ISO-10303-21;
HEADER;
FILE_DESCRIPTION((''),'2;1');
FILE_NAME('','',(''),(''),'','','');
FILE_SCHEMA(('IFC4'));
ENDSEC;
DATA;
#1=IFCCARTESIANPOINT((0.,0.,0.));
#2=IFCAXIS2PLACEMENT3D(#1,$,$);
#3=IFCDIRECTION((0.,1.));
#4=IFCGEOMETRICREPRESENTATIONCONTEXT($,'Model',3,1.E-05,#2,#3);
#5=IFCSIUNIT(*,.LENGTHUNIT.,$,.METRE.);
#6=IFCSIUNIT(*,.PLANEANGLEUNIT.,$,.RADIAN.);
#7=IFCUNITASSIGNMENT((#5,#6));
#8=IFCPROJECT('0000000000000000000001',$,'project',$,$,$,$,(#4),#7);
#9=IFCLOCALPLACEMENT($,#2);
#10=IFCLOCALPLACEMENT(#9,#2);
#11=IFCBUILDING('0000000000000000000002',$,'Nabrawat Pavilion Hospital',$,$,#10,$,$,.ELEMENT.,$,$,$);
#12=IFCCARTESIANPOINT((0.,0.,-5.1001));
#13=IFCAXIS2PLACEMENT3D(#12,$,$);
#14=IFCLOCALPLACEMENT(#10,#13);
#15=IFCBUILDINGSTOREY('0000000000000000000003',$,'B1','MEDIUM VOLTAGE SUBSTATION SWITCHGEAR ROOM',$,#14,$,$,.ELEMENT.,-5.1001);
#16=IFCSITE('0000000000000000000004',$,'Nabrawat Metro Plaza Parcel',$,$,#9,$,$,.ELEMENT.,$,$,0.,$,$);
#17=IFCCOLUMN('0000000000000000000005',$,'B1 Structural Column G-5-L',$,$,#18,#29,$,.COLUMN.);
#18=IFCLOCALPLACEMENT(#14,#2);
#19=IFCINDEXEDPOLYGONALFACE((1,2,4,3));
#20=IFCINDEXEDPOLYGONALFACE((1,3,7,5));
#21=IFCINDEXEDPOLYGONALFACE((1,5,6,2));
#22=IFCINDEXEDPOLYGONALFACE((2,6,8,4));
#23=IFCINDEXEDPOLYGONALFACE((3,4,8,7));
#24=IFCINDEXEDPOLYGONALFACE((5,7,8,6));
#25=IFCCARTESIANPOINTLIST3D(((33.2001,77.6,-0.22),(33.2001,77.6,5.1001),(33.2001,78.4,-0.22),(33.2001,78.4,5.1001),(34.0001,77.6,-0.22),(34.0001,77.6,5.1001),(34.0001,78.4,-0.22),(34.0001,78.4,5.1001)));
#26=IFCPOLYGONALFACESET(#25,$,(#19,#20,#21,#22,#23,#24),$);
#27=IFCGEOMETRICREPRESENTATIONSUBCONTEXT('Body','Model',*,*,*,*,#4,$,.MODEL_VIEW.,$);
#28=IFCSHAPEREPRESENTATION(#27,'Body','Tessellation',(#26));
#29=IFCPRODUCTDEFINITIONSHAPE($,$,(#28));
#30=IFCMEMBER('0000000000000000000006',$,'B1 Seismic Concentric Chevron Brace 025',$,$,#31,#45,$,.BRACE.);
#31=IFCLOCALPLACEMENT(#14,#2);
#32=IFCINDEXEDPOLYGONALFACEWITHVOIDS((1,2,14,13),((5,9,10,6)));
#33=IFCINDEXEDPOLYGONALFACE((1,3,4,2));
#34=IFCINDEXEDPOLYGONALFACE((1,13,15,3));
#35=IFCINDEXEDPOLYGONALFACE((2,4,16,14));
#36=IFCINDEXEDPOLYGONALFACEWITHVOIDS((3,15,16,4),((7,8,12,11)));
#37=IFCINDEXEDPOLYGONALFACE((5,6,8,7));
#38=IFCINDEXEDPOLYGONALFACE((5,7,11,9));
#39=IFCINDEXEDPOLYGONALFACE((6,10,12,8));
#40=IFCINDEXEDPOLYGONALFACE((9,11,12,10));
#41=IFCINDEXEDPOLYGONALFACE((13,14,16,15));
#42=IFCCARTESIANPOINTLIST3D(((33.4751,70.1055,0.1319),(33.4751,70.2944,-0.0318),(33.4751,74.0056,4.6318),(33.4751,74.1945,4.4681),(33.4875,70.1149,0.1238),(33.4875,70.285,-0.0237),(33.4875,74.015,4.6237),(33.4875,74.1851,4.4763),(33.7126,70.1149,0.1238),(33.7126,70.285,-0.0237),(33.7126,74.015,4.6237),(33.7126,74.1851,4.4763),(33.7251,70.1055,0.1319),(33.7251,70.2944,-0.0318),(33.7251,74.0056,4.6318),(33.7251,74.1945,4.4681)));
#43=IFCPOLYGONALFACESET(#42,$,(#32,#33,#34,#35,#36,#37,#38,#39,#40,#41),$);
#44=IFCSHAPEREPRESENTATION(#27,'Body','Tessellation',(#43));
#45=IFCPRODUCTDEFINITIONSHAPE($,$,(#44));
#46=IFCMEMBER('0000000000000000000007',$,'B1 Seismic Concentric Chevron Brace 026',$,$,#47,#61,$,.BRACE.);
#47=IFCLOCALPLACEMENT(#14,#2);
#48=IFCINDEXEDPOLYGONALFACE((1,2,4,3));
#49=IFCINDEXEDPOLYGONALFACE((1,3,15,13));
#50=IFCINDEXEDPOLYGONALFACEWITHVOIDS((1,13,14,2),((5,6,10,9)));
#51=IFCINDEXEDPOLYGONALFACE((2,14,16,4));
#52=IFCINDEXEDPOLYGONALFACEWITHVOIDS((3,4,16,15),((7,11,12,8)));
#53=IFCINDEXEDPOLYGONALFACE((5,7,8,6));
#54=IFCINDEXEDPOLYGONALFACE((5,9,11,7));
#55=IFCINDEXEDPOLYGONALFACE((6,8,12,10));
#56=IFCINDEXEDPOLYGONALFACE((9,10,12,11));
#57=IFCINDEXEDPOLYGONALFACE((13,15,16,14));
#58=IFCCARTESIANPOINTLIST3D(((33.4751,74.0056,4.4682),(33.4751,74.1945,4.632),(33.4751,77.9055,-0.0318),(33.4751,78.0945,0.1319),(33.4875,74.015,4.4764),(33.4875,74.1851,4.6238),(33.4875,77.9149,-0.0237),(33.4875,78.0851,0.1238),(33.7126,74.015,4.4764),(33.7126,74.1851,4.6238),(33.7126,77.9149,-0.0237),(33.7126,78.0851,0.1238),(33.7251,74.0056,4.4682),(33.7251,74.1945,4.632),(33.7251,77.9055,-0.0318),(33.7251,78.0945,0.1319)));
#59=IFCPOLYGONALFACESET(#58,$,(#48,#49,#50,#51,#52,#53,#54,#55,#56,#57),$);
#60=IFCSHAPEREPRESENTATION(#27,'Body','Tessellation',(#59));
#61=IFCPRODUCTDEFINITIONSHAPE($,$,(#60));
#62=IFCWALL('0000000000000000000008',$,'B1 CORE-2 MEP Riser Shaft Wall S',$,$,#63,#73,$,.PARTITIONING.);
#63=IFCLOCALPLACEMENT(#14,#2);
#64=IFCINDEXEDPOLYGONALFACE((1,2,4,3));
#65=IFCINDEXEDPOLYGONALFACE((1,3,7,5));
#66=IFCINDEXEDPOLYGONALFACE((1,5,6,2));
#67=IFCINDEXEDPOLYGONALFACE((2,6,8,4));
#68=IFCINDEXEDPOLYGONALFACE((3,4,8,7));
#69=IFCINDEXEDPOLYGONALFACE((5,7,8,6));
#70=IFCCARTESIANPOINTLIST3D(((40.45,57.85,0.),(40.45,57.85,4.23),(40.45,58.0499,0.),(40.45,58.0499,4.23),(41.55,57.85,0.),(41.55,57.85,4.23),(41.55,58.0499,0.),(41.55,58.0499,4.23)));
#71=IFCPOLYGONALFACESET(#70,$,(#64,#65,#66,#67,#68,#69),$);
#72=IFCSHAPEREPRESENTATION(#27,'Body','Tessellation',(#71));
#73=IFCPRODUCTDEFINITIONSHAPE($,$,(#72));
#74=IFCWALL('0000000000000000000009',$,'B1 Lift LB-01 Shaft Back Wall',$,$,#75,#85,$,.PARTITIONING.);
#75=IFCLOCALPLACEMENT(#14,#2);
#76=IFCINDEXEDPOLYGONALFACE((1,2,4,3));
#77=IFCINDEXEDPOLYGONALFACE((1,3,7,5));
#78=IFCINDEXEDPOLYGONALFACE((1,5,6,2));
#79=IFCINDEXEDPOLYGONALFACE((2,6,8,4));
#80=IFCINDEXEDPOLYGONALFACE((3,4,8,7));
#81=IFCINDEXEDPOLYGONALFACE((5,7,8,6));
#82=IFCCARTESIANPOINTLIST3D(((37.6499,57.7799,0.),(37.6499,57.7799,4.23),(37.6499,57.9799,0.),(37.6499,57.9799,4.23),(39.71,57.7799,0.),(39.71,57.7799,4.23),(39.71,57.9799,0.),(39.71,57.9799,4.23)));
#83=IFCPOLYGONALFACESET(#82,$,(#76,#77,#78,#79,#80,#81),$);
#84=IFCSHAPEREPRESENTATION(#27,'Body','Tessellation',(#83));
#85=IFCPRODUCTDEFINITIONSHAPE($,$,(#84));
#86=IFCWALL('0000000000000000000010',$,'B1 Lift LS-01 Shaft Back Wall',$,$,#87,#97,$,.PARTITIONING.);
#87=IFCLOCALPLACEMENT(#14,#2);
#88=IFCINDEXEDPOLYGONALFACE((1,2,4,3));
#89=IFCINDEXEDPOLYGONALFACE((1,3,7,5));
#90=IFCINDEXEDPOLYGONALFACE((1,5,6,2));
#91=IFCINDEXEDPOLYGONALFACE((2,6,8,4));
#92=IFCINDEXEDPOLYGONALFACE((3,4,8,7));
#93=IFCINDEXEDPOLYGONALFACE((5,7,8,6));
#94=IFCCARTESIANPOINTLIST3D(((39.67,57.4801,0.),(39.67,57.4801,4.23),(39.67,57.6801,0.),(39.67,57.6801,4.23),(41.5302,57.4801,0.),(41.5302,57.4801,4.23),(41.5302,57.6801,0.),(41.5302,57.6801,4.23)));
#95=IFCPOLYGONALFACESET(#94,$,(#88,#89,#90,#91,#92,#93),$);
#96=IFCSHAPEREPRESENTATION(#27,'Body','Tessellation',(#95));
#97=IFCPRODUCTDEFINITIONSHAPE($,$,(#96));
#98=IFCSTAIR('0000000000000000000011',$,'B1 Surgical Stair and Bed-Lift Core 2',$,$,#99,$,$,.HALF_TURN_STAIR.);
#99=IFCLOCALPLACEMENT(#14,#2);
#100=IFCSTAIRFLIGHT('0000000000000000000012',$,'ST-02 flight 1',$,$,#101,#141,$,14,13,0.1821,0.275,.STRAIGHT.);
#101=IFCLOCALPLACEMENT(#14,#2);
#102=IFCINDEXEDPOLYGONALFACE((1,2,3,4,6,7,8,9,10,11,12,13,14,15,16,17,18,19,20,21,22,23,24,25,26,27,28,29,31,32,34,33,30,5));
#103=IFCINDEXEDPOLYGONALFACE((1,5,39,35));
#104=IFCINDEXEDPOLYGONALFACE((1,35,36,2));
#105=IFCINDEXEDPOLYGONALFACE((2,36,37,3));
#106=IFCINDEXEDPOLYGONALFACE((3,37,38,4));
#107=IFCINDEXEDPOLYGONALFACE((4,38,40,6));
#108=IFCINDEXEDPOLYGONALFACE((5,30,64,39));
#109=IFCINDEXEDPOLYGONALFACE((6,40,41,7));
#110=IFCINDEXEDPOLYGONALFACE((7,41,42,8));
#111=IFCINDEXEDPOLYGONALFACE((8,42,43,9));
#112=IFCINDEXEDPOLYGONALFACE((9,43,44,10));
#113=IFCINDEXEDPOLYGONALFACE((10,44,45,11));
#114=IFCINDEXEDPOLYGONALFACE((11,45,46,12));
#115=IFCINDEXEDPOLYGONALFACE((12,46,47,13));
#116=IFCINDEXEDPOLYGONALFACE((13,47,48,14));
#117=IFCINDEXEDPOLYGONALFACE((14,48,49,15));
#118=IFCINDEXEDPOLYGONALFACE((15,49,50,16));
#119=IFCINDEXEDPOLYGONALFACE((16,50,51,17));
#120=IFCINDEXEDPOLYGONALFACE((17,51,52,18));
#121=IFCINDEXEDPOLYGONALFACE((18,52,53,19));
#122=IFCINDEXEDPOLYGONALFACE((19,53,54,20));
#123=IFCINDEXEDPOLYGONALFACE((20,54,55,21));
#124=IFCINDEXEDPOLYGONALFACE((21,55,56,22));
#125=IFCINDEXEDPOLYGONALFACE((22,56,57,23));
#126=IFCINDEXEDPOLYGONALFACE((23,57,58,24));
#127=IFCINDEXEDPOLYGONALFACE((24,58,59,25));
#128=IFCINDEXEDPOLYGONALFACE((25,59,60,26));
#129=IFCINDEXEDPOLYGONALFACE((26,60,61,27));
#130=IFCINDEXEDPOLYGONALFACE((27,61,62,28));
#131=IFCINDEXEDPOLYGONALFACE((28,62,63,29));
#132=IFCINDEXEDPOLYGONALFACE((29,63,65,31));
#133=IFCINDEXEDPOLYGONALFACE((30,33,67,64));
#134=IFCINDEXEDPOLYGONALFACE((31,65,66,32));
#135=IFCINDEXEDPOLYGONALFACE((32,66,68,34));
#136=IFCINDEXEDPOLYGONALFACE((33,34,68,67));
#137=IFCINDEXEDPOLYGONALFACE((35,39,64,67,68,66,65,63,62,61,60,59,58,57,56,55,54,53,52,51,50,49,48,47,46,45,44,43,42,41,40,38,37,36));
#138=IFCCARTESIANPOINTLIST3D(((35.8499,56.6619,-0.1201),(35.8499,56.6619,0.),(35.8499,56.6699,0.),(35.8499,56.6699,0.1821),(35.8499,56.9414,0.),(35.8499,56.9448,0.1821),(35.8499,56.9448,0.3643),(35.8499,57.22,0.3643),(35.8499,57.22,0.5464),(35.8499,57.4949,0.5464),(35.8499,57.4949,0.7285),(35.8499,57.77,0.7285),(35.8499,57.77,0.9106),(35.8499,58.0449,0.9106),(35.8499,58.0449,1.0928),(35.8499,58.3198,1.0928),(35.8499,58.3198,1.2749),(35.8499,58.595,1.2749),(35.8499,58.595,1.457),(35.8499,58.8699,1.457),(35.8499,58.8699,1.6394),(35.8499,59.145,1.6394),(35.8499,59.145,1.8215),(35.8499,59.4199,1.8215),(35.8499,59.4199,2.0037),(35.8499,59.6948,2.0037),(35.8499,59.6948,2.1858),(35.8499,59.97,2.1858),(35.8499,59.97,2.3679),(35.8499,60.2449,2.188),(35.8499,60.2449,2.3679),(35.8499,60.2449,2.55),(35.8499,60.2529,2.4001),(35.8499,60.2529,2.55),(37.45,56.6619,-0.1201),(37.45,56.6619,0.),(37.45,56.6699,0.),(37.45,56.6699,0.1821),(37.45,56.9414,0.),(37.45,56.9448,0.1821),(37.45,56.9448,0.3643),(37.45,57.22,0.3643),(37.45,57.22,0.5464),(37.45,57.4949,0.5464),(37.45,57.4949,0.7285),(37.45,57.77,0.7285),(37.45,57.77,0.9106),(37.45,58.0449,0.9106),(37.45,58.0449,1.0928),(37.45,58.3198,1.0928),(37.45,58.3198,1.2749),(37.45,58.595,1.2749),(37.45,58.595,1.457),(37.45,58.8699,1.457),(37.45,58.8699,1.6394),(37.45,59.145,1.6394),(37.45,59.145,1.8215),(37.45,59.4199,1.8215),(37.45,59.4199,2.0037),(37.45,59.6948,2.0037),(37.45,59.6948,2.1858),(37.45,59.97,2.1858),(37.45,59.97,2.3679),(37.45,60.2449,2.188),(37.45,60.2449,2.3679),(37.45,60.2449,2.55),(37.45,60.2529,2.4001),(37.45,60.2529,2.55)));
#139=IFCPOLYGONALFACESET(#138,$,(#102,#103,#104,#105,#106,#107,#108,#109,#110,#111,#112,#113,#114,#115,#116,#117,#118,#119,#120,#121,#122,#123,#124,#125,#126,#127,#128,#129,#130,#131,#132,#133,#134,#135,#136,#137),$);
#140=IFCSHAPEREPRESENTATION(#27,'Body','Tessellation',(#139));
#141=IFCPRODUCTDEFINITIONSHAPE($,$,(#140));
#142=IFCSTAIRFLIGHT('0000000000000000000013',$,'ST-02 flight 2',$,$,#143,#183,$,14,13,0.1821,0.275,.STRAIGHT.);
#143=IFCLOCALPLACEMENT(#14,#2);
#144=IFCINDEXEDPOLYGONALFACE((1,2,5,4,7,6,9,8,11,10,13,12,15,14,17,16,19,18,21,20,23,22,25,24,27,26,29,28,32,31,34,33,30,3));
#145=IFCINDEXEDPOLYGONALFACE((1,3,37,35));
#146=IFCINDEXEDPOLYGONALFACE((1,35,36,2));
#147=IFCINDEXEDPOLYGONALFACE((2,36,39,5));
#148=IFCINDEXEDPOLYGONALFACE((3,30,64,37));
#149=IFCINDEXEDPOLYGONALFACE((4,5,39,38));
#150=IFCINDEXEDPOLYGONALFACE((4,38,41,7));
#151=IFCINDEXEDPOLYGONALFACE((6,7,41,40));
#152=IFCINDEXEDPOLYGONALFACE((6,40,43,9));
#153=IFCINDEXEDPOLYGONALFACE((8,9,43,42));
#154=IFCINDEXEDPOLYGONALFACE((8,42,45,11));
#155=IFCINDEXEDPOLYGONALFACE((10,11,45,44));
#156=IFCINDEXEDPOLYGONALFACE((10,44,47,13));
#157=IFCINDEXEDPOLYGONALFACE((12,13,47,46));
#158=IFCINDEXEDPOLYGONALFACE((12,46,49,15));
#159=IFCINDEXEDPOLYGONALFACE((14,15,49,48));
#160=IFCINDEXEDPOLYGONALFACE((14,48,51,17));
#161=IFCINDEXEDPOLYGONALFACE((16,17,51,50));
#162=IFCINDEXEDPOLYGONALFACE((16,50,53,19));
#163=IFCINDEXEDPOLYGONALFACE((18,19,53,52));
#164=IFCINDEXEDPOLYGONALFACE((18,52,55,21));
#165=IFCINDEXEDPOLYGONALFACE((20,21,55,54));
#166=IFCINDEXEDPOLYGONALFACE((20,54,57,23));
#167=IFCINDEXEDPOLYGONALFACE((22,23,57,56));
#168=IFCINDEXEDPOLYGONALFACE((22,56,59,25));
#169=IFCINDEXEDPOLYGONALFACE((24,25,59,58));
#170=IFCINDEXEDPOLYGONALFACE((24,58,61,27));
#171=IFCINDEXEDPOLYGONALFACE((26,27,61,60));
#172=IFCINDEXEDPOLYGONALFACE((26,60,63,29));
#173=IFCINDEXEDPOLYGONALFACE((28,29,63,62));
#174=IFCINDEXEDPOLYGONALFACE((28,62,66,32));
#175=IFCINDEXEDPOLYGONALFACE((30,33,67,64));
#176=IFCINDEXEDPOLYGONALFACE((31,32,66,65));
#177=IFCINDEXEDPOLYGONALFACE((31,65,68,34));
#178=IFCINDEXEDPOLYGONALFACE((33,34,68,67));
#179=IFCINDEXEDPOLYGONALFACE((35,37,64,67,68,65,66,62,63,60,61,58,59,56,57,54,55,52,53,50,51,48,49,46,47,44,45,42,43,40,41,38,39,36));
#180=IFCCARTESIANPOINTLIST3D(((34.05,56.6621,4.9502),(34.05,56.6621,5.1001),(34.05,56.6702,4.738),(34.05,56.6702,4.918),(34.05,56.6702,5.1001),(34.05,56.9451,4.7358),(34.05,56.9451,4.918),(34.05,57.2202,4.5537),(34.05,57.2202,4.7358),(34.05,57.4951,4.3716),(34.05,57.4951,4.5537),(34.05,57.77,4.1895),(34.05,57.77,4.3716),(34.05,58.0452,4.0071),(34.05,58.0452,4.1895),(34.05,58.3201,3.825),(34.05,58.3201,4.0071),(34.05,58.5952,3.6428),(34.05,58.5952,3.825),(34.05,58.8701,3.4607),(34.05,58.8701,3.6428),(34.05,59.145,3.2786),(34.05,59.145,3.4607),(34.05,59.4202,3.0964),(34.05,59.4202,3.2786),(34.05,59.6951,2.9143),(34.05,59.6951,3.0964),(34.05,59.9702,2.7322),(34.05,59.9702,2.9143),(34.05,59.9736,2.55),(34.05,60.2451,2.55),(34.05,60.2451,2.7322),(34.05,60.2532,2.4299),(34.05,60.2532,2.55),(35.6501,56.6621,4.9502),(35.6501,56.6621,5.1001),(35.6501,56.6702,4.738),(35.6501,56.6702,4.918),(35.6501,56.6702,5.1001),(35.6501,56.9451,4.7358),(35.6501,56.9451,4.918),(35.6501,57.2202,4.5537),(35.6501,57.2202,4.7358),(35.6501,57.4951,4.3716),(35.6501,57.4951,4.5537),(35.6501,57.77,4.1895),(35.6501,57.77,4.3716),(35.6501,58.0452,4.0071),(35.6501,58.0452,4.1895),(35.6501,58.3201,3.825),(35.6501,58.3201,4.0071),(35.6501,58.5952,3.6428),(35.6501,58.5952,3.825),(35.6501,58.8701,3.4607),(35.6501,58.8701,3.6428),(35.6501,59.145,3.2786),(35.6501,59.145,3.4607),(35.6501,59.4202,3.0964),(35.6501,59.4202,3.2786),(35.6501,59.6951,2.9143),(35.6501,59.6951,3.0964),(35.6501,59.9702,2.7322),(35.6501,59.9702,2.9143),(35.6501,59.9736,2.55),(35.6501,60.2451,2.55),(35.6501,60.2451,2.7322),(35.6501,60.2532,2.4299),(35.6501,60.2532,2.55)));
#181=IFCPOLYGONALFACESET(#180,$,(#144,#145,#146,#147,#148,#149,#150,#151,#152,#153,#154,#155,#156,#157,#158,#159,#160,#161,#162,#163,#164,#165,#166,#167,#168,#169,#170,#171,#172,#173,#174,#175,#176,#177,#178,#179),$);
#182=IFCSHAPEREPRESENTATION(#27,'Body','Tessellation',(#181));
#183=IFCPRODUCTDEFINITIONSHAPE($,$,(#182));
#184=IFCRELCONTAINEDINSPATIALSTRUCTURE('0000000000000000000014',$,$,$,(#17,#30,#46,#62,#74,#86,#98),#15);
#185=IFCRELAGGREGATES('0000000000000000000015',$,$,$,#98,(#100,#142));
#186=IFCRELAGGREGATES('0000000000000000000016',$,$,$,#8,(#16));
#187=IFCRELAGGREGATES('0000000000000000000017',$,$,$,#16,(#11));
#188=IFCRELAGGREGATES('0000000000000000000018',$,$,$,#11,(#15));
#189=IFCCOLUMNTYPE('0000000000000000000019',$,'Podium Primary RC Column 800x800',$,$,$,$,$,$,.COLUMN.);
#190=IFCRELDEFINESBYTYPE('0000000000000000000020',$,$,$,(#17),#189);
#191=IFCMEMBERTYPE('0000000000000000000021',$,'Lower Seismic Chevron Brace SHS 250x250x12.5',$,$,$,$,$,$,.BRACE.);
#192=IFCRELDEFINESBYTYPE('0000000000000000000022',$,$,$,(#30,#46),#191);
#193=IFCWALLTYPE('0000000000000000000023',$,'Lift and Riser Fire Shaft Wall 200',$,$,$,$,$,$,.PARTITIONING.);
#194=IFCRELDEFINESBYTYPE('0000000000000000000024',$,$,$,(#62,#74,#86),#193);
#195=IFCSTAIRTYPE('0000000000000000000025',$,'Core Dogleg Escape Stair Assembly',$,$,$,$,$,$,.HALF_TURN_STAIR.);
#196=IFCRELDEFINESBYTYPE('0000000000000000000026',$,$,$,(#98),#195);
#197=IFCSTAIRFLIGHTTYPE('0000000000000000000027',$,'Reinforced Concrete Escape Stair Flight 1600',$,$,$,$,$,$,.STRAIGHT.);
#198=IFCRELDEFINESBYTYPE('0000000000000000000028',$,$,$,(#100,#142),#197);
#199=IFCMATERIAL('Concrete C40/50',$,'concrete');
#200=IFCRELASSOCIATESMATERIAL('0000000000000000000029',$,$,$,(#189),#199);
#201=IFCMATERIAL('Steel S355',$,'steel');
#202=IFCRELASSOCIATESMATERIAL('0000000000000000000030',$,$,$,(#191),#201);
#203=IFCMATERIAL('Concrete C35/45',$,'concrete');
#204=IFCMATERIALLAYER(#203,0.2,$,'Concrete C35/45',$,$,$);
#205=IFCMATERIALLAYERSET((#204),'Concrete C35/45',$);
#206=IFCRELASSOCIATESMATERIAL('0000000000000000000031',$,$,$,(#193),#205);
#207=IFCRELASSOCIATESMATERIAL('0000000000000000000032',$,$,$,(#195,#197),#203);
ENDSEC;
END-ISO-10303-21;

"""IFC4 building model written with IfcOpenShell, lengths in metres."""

from ifc_helpers import new_model, si_unit, direction, frame, frame_2d, origin, origin_2d, place, context, subcontext, project, spatial, polyline, rectangle, hollow_rectangle, outline, extrude, material, layer, layer_set, material_profile, profile_set, type_object, element, aggregate, save


model = new_model("IFC4")

# Units and contexts
model_context = context("Model", 3, precision=1e-05, world=origin(), true_north=direction((0.0, 1.0)))
body_context = subcontext(model_context, "Body", "Model", "MODEL_VIEW")
ifc_project = project(units=[si_unit("LENGTHUNIT", "METRE"), si_unit("PLANEANGLEUNIT", "RADIAN")], contexts=[model_context])

# Site, building, storey
site_placement = place(None, origin())
site = spatial("IfcSite", under=ifc_project, at=site_placement, Name="Nabrawat Metro Plaza Parcel", CompositionType="ELEMENT", RefElevation=0.0)
building_placement = place(site_placement, origin())
building = spatial("IfcBuilding", under=site, at=building_placement, Name="Nabrawat Pavilion Hospital", CompositionType="ELEMENT")
storey_placement = place(building_placement, frame((0.0, 0.0, -5.1001)))
storey = spatial("IfcBuildingStorey", under=building, at=storey_placement, Name="B1", Description="MEDIUM VOLTAGE SUBSTATION SWITCHGEAR ROOM", CompositionType="ELEMENT", Elevation=-5.1001)

# Shared definitions
ifc_material_1 = material(Name="Concrete C35/45", Category="concrete")

# Column
ifc_material_2 = material(Name="Concrete C40/50", Category="concrete")
ifc_material_profile_1 = material_profile(ifc_material_2, rectangle(XDim=0.8, YDim=0.8, at=origin_2d()), Name="RC 800x800")
ifc_profile_set_1 = profile_set([ifc_material_profile_1], Name="Concrete C40/50")
column_type = type_object("IfcColumnType", Name="Podium Primary RC Column 800x800", PredefinedType="COLUMN", material=ifc_profile_set_1)
for number, where, z_axis, x_axis, name in (
    (1, (33.6001, 78.0, -0.22), (0.0, 0.0, 1.0), (1.0, 0.0, 0.0), "B1 Structural Column G-5-L"),
):
    element("IfcColumn", number, at=place(storey_placement, frame(where, z_axis=z_axis, x_axis=x_axis)), inside=storey, type_object=column_type, Name=name, PredefinedType="COLUMN", context=body_context, shape_type="SweptSolid", body=[
        extrude(rectangle(XDim=0.8, YDim=0.8, at=origin_2d()), origin(), (0.0, 0.0, 1.0), 5.3201),
    ])

# Members
ifc_material_3 = material(Name="Steel S355", Category="steel")
ifc_material_profile_2 = material_profile(ifc_material_3, hollow_rectangle(XDim=0.25, YDim=0.25, WallThickness=0.0125, at=origin_2d()), Name="SHS 250x250x12.5")
ifc_profile_set_2 = profile_set([ifc_material_profile_2], Name="Steel S355")
member_type = type_object("IfcMemberType", Name="Lower Seismic Chevron Brace SHS 250x250x12.5", PredefinedType="BRACE", material=ifc_profile_set_2)
for number, where, z_axis, x_axis, name in (
    (2, (33.6001, 70.2, 0.05), (0.0, 0.654945, 0.755677), (-1.0, 0.0, 0.0), "B1 Seismic Concentric Chevron Brace 025"),
    (3, (33.6001, 78.0, 0.05), (0.0, -0.654921, 0.755697), (1.0, 0.0, 0.0), "B1 Seismic Concentric Chevron Brace 026"),
):
    element("IfcMember", number, at=place(storey_placement, frame(where, z_axis=z_axis, x_axis=x_axis)), inside=storey, type_object=member_type, Name=name, PredefinedType="BRACE", context=body_context, shape_type="SweptSolid", body=[
        extrude(hollow_rectangle(XDim=0.25, YDim=0.25, WallThickness=0.0125, at=origin_2d()), origin(), (0.0, 0.0, 1.0), 5.9548),
    ])

# Walls
ifc_layer_1 = layer(ifc_material_1, 0.2, Name="Concrete C35/45")
ifc_layer_set_1 = layer_set([ifc_layer_1], Name="Concrete C35/45")
wall_type = type_object("IfcWallType", Name="Lift and Riser Fire Shaft Wall 200", PredefinedType="PARTITIONING", material=ifc_layer_set_1)
wall_1_placement = place(storey_placement, frame((40.45, 57.95, 0.0), z_axis=(0.0, 0.0, 1.0), x_axis=(1.0, 0.0, 0.0)))
element("IfcWall", 4, at=wall_1_placement, inside=storey, type_object=wall_type, Name="B1 CORE-2 MEP Riser Shaft Wall S", PredefinedType="PARTITIONING", context=body_context, shape_type="SweptSolid", body=[
    extrude(rectangle(XDim=1.1001, YDim=0.2, at=frame_2d((0.55, 0.0))), origin(), (0.0, 0.0, 1.0), 4.23),
])
wall_2_placement = place(storey_placement, frame((37.6499, 57.8799, 0.0), z_axis=(0.0, 0.0, 1.0), x_axis=(1.0, 0.0, 0.0)))
element("IfcWall", 5, at=wall_2_placement, inside=storey, type_object=wall_type, Name="B1 Lift LB-01 Shaft Back Wall", PredefinedType="PARTITIONING", context=body_context, shape_type="SweptSolid", body=[
    extrude(rectangle(XDim=2.0601, YDim=0.2, at=frame_2d((1.03, 0.0))), origin(), (0.0, 0.0, 1.0), 4.23),
])
wall_3_placement = place(storey_placement, frame((39.6699, 57.5801, 0.0), z_axis=(0.0, 0.0, 1.0), x_axis=(1.0, 0.0, 0.0)))
element("IfcWall", 6, at=wall_3_placement, inside=storey, type_object=wall_type, Name="B1 Lift LS-01 Shaft Back Wall", PredefinedType="PARTITIONING", context=body_context, shape_type="SweptSolid", body=[
    extrude(rectangle(XDim=1.8601, YDim=0.2, at=frame_2d((0.9302, 0.0))), origin(), (0.0, 0.0, 1.0), 4.23),
])

# Stair, stair flights
stair_type = type_object("IfcStairType", Name="Core Dogleg Escape Stair Assembly", PredefinedType="HALF_TURN_STAIR", material=ifc_material_1)
stair_placement = place(storey_placement, origin())
stair = element("IfcStair", 7, at=stair_placement, inside=storey, type_object=stair_type, Name="B1 Surgical Stair and Bed-Lift Core 2", PredefinedType="HALF_TURN_STAIR")
stair_flight_type = type_object("IfcStairFlightType", Name="Reinforced Concrete Escape Stair Flight 1600", PredefinedType="STRAIGHT", material=ifc_material_1)
stair_flight_1_placement = place(storey_placement, frame((36.6499, 56.6699, 0.0), z_axis=(0.0, 0.0, 1.0), x_axis=(0.0, 1.0, 0.0)))
stair_flight_1 = element("IfcStairFlight", 8, at=stair_flight_1_placement, type_object=stair_flight_type, Name="ST-02 flight 1", NumberOfRisers=14, NumberOfTreads=13, PredefinedType="STRAIGHT", RiserHeight=0.1821, TreadLength=0.275, context=body_context, shape_type="SweptSolid", body=[
    extrude(outline(polyline([(-0.0081, 0.0), (0.0, 0.0), (0.0, 0.1821), (0.2749, 0.1821), (0.2749, 0.3643), (0.55, 0.3643), (0.55, 0.5464), (0.825, 0.5464), (0.825, 0.7285), (1.1001, 0.7285), (1.1001, 0.9106), (1.375, 0.9106), (1.375, 1.0928), (1.6499, 1.0928), (1.6499, 1.2749), (1.925, 1.2749), (1.925, 1.457), (2.2, 1.457), (2.2, 1.6394), (2.4751, 1.6394), (2.4751, 1.8215), (2.75, 1.8215), (2.75, 2.0037), (3.0249, 2.0037), (3.0249, 2.1858), (3.3, 2.1858), (3.3, 2.3679), (3.575, 2.3679), (3.575, 2.55), (3.583, 2.55), (3.583, 2.4001), (3.575, 2.188), (0.2715, 0.0), (-0.0081, -0.1201), (-0.0081, 0.0)])), frame((0.0, 0.8, 0.0), z_axis=(0.0, -1.0, 0.0), x_axis=(1.0, 0.0, 0.0)), (0.0, 0.0, 1.0), 1.6001),
])
stair_flight_2_placement = place(storey_placement, frame((34.8501, 60.2451, 2.55), z_axis=(0.0, 0.0, 1.0), x_axis=(0.0, -1.0, 0.0)))
stair_flight_2 = element("IfcStairFlight", 9, at=stair_flight_2_placement, type_object=stair_flight_type, Name="ST-02 flight 2", NumberOfRisers=14, NumberOfTreads=13, PredefinedType="STRAIGHT", RiserHeight=0.1821, TreadLength=0.275, context=body_context, shape_type="SweptSolid", body=[
    extrude(outline(polyline([(-0.0081, 0.0), (0.0, 0.0), (0.0, 0.1821), (0.2749, 0.1821), (0.2749, 0.3643), (0.55, 0.3643), (0.55, 0.5464), (0.825, 0.5464), (0.825, 0.7285), (1.1001, 0.7285), (1.1001, 0.9106), (1.375, 0.9106), (1.375, 1.0928), (1.6499, 1.0928), (1.6499, 1.2749), (1.925, 1.2749), (1.925, 1.457), (2.2, 1.457), (2.2, 1.6394), (2.4751, 1.6394), (2.4751, 1.8215), (2.75, 1.8215), (2.75, 2.0037), (3.0249, 2.0037), (3.0249, 2.1858), (3.3, 2.1858), (3.3, 2.3679), (3.575, 2.3679), (3.575, 2.55), (3.583, 2.55), (3.583, 2.4001), (3.575, 2.188), (0.2715, 0.0), (-0.0081, -0.1201), (-0.0081, 0.0)])), frame((0.0, 0.8, 0.0), z_axis=(0.0, -1.0, 0.0), x_axis=(1.0, 0.0, 0.0)), (0.0, 0.0, 1.0), 1.6001),
])
aggregate(stair, [stair_flight_1, stair_flight_2])

save(model, "model.ifc")
